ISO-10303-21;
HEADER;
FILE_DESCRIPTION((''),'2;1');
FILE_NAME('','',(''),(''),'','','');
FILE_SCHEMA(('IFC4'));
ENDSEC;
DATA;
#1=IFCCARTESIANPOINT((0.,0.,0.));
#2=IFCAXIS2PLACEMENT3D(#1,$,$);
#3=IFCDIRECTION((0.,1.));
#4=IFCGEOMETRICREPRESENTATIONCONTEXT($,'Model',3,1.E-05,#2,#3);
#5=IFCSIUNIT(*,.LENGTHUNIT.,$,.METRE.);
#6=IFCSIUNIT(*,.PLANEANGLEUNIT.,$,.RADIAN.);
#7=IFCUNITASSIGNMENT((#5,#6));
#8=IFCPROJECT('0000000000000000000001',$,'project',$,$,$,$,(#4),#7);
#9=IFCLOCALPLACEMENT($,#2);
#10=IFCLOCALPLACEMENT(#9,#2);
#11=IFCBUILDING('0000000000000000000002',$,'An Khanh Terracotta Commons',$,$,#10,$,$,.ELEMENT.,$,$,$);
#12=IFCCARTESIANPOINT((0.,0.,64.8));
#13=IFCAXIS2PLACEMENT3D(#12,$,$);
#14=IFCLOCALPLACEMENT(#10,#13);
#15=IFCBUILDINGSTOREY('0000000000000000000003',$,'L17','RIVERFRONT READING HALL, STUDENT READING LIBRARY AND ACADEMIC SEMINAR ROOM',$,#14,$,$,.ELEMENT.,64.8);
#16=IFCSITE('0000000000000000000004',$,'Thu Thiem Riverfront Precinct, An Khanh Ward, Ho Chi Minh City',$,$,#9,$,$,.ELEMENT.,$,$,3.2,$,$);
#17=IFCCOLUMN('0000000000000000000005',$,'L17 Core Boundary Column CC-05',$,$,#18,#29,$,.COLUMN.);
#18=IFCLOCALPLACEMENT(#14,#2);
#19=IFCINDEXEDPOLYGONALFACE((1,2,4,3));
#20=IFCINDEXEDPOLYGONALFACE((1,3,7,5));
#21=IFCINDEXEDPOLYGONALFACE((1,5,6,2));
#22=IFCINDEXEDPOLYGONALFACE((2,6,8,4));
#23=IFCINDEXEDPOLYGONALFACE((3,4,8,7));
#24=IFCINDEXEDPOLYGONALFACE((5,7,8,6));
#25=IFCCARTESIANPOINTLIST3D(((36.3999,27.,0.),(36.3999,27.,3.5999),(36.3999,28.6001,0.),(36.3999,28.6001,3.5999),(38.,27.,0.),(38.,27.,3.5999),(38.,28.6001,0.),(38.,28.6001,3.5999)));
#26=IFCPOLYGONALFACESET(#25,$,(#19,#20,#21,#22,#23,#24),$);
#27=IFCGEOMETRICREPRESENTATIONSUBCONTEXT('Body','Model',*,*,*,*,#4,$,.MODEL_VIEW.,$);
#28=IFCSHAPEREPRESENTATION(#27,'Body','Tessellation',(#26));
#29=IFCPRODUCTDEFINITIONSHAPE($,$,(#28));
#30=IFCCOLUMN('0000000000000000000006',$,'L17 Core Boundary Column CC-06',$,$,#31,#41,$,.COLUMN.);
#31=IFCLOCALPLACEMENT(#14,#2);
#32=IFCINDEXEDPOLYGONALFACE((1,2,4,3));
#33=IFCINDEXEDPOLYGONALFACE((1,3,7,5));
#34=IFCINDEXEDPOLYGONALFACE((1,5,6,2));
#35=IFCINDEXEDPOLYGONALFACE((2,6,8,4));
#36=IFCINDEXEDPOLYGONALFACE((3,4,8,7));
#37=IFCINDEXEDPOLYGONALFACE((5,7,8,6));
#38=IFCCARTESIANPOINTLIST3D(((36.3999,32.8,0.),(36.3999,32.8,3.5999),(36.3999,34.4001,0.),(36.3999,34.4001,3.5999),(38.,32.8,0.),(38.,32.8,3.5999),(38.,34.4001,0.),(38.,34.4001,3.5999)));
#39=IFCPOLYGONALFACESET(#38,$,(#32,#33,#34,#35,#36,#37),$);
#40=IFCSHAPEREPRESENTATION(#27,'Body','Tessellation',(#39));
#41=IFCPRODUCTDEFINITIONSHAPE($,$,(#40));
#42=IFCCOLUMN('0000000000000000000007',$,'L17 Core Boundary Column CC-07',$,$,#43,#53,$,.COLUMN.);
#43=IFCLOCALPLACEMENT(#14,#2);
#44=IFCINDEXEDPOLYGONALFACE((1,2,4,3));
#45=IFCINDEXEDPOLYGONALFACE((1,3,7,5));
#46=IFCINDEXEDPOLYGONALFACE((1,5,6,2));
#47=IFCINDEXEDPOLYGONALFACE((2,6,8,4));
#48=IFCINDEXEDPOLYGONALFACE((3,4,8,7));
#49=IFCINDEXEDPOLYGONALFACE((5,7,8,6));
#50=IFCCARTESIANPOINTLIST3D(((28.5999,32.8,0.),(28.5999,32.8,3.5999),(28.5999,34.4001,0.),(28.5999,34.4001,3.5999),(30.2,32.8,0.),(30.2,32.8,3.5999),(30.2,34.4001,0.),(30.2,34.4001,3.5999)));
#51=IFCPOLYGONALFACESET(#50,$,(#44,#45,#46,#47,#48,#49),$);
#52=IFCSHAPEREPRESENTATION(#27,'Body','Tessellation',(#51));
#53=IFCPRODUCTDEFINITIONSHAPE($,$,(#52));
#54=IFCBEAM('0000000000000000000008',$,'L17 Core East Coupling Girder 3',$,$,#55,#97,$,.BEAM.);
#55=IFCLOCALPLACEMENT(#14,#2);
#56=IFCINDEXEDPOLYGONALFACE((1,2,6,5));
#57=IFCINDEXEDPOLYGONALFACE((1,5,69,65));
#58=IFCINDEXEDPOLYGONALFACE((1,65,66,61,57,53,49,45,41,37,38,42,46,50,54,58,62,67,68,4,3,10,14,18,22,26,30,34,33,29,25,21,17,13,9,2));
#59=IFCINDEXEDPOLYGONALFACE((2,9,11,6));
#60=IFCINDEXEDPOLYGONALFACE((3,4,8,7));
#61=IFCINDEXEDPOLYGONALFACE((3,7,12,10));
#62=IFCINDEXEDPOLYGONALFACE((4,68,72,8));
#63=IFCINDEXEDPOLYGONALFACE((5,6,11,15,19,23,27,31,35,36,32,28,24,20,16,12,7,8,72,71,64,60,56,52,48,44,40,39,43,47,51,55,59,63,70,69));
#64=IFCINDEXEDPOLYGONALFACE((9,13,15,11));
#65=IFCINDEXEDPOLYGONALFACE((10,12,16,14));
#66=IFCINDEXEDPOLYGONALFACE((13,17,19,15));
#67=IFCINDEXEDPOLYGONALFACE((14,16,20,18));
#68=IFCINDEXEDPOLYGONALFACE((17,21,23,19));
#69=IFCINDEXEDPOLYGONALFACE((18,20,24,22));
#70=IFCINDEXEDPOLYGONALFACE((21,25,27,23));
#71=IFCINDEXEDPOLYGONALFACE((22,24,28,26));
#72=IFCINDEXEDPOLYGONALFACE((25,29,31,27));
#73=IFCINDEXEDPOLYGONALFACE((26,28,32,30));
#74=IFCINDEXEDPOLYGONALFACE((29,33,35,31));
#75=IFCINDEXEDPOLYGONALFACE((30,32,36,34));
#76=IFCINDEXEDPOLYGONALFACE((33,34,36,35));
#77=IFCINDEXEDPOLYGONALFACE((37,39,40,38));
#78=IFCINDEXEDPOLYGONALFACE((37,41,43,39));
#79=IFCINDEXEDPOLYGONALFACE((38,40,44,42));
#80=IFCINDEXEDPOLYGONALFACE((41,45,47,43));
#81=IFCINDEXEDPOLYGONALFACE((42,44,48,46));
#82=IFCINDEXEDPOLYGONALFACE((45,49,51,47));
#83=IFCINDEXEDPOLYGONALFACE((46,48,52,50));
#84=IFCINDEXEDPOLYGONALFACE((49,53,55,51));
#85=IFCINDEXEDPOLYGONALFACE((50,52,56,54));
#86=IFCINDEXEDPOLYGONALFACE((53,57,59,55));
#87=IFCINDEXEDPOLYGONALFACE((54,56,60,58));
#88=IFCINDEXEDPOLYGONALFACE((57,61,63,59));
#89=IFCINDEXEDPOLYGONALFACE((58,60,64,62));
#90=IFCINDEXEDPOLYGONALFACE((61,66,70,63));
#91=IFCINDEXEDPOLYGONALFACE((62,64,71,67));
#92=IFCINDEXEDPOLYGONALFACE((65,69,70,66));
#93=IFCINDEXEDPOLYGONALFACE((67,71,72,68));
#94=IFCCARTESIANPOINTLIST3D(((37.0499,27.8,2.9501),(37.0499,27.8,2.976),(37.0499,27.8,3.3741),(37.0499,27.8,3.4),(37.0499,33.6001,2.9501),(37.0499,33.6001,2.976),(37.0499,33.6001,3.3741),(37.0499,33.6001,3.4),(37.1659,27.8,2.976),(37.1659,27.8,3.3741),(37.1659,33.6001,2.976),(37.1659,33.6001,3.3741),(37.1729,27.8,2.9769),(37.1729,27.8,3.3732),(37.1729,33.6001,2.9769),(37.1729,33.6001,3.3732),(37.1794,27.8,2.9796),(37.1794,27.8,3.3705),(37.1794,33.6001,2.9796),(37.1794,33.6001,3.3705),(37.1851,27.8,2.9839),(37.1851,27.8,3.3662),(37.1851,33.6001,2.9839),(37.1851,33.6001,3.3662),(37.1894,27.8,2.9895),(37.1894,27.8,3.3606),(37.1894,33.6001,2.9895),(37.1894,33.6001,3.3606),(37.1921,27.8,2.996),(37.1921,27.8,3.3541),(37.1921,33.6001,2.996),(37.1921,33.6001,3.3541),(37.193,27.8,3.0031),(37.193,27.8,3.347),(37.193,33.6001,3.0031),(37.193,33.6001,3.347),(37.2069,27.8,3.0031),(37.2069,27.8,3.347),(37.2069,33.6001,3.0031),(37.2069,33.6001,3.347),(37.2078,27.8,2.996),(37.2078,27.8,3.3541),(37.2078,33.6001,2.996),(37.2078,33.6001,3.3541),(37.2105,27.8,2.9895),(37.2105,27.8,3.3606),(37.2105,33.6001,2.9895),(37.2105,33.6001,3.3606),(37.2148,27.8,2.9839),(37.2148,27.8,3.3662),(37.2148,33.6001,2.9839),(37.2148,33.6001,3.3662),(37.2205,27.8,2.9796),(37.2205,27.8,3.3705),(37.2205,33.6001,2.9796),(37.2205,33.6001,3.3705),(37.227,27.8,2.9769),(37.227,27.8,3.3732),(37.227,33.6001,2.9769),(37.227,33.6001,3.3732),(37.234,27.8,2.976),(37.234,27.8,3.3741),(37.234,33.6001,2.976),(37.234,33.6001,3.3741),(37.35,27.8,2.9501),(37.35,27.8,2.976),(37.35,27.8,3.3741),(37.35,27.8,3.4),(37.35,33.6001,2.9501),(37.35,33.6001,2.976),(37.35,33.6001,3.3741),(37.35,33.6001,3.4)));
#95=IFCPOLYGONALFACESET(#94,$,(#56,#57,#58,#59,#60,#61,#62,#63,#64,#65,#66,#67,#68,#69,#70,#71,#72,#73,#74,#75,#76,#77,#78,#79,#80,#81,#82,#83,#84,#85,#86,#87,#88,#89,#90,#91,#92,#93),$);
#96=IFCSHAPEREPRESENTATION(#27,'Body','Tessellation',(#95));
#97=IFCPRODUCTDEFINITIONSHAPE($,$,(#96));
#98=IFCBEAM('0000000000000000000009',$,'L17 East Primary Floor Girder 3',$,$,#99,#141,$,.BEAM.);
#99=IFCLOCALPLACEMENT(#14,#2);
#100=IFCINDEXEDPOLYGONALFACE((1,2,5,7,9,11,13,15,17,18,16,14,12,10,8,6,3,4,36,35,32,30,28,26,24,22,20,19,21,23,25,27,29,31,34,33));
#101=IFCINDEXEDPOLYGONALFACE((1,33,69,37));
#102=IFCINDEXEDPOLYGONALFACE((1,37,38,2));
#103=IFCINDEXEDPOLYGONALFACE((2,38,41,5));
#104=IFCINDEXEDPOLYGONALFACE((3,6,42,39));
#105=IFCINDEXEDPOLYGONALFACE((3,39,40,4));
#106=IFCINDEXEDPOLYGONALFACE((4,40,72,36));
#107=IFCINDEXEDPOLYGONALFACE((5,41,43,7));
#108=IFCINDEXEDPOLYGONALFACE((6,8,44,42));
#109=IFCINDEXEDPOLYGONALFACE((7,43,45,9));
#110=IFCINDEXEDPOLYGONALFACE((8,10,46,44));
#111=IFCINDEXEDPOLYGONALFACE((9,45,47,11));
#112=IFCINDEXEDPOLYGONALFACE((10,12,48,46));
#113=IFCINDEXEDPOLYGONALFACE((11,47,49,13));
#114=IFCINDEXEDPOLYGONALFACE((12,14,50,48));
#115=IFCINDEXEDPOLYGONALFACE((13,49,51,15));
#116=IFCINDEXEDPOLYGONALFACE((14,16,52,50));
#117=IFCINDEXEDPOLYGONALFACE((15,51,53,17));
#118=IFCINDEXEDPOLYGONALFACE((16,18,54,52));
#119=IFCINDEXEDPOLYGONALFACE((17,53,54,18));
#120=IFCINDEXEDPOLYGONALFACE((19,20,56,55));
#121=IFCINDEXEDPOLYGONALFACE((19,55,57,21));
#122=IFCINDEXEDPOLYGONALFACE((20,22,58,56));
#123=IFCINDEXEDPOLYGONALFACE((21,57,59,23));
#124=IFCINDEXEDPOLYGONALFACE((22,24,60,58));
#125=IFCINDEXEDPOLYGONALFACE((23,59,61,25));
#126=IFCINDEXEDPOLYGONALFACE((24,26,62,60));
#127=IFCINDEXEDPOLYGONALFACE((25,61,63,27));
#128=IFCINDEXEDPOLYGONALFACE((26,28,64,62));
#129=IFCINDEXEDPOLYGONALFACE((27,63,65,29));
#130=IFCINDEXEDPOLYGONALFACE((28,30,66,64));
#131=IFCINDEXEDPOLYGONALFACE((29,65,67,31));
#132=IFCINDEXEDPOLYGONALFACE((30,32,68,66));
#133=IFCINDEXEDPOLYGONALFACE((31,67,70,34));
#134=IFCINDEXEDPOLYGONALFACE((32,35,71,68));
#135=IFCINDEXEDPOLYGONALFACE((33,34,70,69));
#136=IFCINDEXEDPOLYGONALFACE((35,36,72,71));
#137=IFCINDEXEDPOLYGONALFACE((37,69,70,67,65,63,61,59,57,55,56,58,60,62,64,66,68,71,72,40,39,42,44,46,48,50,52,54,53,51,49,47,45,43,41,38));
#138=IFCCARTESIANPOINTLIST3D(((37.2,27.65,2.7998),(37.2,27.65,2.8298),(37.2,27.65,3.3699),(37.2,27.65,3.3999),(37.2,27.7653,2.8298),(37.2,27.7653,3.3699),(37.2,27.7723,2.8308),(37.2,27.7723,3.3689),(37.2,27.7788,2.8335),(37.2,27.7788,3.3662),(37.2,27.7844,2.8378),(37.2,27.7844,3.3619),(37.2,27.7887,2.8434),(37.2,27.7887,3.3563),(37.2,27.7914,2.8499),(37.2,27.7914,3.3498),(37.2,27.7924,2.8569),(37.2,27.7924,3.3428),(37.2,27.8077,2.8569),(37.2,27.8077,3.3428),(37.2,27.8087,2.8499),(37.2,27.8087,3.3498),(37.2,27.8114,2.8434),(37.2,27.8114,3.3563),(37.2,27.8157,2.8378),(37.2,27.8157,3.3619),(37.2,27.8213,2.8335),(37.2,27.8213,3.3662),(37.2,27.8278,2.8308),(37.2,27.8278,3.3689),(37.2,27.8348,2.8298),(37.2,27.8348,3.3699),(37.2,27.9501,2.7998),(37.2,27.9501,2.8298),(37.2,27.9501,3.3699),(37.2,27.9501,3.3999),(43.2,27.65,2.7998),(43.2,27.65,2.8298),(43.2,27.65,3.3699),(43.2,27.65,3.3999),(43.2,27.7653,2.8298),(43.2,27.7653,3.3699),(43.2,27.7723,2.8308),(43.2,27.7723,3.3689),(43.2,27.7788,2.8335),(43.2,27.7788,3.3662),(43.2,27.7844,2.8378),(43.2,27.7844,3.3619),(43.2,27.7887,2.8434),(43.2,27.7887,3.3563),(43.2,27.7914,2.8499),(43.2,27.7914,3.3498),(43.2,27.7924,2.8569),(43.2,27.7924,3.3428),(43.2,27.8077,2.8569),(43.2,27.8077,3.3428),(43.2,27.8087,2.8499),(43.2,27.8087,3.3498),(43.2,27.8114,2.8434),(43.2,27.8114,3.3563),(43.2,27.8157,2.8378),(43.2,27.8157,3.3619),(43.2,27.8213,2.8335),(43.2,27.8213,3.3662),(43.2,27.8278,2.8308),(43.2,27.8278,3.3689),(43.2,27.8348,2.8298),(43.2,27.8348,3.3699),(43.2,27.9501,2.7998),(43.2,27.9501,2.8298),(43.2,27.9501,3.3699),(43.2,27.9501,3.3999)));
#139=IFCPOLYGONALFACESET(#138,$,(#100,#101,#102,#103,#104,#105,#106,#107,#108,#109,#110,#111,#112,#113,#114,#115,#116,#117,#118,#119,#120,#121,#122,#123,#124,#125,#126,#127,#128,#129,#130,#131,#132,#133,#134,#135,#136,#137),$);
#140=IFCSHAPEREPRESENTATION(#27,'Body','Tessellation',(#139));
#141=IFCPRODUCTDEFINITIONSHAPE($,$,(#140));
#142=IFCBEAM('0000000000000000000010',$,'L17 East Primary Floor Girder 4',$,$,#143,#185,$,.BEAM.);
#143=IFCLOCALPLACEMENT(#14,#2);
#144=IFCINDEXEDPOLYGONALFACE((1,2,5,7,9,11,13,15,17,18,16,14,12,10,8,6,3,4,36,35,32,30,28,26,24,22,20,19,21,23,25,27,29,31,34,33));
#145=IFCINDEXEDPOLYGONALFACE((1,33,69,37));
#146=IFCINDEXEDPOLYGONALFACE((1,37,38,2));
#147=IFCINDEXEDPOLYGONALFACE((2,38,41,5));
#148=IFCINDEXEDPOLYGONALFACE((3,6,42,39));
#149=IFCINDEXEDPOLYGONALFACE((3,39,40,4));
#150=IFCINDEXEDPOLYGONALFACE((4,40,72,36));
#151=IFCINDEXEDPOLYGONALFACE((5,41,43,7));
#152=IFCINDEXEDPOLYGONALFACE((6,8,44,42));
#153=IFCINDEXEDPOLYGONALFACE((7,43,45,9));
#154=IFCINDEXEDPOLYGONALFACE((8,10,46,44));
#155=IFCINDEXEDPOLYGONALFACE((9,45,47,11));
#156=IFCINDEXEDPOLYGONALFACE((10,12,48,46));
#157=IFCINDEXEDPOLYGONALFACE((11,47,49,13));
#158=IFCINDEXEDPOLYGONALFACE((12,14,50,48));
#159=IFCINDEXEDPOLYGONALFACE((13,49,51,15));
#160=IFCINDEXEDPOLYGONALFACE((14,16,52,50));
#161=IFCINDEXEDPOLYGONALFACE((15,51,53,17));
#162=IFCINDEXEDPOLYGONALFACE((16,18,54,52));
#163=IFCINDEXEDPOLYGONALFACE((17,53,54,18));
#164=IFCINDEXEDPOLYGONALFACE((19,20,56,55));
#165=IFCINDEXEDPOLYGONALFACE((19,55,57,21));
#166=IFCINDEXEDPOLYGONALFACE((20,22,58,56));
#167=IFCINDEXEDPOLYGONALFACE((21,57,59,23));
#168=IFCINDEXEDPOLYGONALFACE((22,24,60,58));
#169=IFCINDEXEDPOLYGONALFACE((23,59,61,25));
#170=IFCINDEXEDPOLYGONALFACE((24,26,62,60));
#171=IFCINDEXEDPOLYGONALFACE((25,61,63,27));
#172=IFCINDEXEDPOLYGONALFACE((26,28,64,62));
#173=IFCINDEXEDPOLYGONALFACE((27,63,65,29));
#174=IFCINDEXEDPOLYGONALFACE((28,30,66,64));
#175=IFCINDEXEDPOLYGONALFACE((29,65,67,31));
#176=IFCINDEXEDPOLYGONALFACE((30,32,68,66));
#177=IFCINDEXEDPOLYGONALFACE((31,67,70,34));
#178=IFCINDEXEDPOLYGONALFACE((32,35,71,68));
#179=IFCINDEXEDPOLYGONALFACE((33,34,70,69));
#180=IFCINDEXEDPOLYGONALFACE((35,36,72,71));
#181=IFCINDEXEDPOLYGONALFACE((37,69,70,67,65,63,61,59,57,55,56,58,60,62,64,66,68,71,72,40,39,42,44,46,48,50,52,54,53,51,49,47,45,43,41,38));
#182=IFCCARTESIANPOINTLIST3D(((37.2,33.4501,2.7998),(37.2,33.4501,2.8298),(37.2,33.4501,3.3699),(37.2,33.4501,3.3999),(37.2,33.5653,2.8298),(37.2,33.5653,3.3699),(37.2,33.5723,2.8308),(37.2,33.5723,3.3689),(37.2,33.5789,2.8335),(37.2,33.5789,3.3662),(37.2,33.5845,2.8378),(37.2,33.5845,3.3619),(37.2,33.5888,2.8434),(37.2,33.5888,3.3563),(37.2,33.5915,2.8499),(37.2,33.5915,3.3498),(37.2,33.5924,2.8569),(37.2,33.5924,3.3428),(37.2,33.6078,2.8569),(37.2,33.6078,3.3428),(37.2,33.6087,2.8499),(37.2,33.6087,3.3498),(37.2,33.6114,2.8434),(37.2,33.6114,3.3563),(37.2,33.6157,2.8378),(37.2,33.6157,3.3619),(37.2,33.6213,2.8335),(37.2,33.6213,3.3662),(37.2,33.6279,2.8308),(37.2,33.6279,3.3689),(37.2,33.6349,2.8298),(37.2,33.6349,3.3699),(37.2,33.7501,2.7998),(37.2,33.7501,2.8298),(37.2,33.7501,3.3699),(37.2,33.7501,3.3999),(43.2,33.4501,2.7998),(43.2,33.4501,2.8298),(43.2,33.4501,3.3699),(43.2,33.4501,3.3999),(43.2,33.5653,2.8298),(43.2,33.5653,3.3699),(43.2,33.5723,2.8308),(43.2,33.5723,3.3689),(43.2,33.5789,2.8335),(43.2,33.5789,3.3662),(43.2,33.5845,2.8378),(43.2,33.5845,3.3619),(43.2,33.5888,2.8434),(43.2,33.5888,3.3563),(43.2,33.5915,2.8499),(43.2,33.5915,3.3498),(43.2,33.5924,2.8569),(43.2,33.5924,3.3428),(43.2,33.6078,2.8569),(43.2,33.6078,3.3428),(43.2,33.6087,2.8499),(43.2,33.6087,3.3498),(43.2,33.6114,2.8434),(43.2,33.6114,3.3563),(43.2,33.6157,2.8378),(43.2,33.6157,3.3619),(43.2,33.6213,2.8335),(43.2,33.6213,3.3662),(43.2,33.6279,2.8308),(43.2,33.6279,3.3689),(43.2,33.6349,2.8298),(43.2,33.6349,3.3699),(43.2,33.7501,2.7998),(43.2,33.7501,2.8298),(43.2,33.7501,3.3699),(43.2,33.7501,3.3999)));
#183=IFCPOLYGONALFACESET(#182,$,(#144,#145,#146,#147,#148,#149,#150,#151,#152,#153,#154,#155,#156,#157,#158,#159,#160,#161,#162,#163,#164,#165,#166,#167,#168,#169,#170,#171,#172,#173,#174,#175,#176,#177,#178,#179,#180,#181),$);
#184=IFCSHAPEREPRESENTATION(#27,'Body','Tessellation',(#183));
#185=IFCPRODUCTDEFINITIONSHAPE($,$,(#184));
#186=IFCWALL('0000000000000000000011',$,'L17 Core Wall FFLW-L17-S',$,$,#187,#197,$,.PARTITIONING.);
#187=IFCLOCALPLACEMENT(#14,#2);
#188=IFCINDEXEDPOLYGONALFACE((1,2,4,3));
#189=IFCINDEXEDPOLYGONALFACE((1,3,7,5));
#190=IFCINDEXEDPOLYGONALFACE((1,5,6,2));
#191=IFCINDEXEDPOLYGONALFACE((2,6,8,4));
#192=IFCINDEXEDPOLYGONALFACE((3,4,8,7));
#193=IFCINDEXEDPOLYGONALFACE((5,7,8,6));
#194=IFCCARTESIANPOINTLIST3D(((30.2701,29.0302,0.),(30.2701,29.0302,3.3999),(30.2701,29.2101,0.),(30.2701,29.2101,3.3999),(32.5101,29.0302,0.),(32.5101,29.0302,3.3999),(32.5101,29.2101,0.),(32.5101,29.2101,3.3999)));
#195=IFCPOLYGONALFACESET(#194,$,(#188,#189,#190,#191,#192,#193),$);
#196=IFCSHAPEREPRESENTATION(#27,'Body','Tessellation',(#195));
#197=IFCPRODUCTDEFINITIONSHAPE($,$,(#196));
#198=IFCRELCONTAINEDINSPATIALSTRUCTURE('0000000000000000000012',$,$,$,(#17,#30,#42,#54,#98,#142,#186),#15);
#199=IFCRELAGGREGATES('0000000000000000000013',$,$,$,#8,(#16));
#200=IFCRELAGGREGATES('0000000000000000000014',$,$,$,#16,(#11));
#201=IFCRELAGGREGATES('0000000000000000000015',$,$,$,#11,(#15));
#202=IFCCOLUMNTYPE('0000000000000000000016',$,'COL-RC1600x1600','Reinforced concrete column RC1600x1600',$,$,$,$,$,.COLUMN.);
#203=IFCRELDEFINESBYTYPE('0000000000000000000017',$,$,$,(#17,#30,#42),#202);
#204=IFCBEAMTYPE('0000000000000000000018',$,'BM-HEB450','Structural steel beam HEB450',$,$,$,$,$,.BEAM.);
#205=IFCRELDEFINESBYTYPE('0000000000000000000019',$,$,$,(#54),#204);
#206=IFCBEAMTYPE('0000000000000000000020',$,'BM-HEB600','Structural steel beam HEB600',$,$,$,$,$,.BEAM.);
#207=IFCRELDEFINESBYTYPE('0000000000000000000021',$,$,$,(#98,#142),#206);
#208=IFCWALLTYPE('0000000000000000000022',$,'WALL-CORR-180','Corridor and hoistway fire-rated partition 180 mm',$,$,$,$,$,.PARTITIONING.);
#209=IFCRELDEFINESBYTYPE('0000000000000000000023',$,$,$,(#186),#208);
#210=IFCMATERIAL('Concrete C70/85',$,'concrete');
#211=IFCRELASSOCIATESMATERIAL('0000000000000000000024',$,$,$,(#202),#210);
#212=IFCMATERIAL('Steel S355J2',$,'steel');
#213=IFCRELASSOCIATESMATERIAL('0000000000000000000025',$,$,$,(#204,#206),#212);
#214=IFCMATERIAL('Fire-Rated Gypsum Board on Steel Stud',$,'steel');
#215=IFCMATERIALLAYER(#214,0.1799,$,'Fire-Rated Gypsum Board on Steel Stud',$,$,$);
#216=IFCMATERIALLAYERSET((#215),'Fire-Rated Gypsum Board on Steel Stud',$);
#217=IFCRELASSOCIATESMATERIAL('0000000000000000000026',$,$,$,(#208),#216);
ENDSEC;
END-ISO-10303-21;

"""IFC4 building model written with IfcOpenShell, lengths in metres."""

from ifc_helpers import new_model, si_unit, direction, frame, frame_2d, origin, origin_2d, place, context, subcontext, project, spatial, rectangle, i_section, extrude, material, layer, layer_set, material_profile, profile_set, type_object, element, save


model = new_model("IFC4")

# Units and contexts
model_context = context("Model", 3, precision=1e-05, world=origin(), true_north=direction((0.0, 1.0)))
body_context = subcontext(model_context, "Body", "Model", "MODEL_VIEW")
ifc_project = project(units=[si_unit("LENGTHUNIT", "METRE"), si_unit("PLANEANGLEUNIT", "RADIAN")], contexts=[model_context])

# Site, building, storey
site_placement = place(None, origin())
site = spatial("IfcSite", under=ifc_project, at=site_placement, Name="Thu Thiem Riverfront Precinct, An Khanh Ward, Ho Chi Minh City", CompositionType="ELEMENT", RefElevation=3.2)
building_placement = place(site_placement, origin())
building = spatial("IfcBuilding", under=site, at=building_placement, Name="An Khanh Terracotta Commons", CompositionType="ELEMENT")
storey_placement = place(building_placement, frame((0.0, 0.0, 64.8)))
storey = spatial("IfcBuildingStorey", under=building, at=storey_placement, Name="L17", Description="RIVERFRONT READING HALL, STUDENT READING LIBRARY AND ACADEMIC SEMINAR ROOM", CompositionType="ELEMENT", Elevation=64.8)

# Columns
ifc_material_1 = material(Name="Concrete C70/85", Category="concrete")
ifc_material_profile_1 = material_profile(ifc_material_1, rectangle(XDim=1.6001, YDim=1.6001, at=origin_2d()), Name="RC1600x1600")
ifc_profile_set_1 = profile_set([ifc_material_profile_1], Name="Concrete C70/85")
column_type = type_object("IfcColumnType", Name="COL-RC1600x1600", Description="Reinforced concrete column RC1600x1600", PredefinedType="COLUMN", material=ifc_profile_set_1)
for number, where, z_axis, x_axis, name in (
    (1, (37.2, 27.8, 0.0), (0.0, 0.0, 1.0), (1.0, 0.0, 0.0), "L17 Core Boundary Column CC-05"),
    (2, (37.2, 33.6001, 0.0), (0.0, 0.0, 1.0), (1.0, 0.0, 0.0), "L17 Core Boundary Column CC-06"),
    (3, (29.3999, 33.6001, 0.0), (0.0, 0.0, 1.0), (1.0, 0.0, 0.0), "L17 Core Boundary Column CC-07"),
):
    element("IfcColumn", number, at=place(storey_placement, frame(where, z_axis=z_axis, x_axis=x_axis)), inside=storey, type_object=column_type, Name=name, PredefinedType="COLUMN", context=body_context, shape_type="SweptSolid", body=[
        extrude(rectangle(XDim=1.6001, YDim=1.6001, at=origin_2d()), origin(), (0.0, 0.0, 1.0), 3.5999),
    ])

# Beams
ifc_material_2 = material(Name="Steel S355J2", Category="steel")
ifc_material_profile_2 = material_profile(ifc_material_2, i_section(OverallWidth=0.3, OverallDepth=0.45, WebThickness=0.0139, FlangeThickness=0.0259, FilletRadius=0.0271, at=origin_2d()), Name="HEB450")
ifc_profile_set_2 = profile_set([ifc_material_profile_2], Name="Steel S355J2")
beam_type_1 = type_object("IfcBeamType", Name="BM-HEB450", Description="Structural steel beam HEB450", PredefinedType="BEAM", material=ifc_profile_set_2)
beam_placement = place(storey_placement, frame((37.2, 27.8, 3.175), z_axis=(0.0, 1.0, 0.0), x_axis=(-1.0, 0.0, 0.0)))
element("IfcBeam", 4, at=beam_placement, inside=storey, type_object=beam_type_1, Name="L17 Core East Coupling Girder 3", PredefinedType="BEAM", context=body_context, shape_type="SweptSolid", body=[
    extrude(i_section(OverallWidth=0.3, OverallDepth=0.45, WebThickness=0.0139, FlangeThickness=0.0259, FilletRadius=0.0271, at=origin_2d()), origin(), (0.0, 0.0, 1.0), 5.8),
])
ifc_material_profile_3 = material_profile(ifc_material_2, i_section(OverallWidth=0.3, OverallDepth=0.6001, WebThickness=0.0154, FlangeThickness=0.03, FilletRadius=0.0271, at=origin_2d()), Name="HEB600")
ifc_profile_set_3 = profile_set([ifc_material_profile_3], Name="Steel S355J2")
beam_type_2 = type_object("IfcBeamType", Name="BM-HEB600", Description="Structural steel beam HEB600", PredefinedType="BEAM", material=ifc_profile_set_3)
for number, where, z_axis, x_axis, name in (
    (5, (37.2, 27.8, 3.0999), (1.0, 0.0, 0.0), (0.0, 1.0, 0.0), "L17 East Primary Floor Girder 3"),
    (6, (37.2, 33.6001, 3.0999), (1.0, 0.0, 0.0), (0.0, 1.0, 0.0), "L17 East Primary Floor Girder 4"),
):
    element("IfcBeam", number, at=place(storey_placement, frame(where, z_axis=z_axis, x_axis=x_axis)), inside=storey, type_object=beam_type_2, Name=name, PredefinedType="BEAM", context=body_context, shape_type="SweptSolid", body=[
        extrude(i_section(OverallWidth=0.3, OverallDepth=0.6001, WebThickness=0.0154, FlangeThickness=0.03, FilletRadius=0.0271, at=origin_2d()), origin(), (0.0, 0.0, 1.0), 6.0),
    ])

# Wall
ifc_material_3 = material(Name="Fire-Rated Gypsum Board on Steel Stud", Category="steel")
ifc_layer_1 = layer(ifc_material_3, 0.1799, Name="Fire-Rated Gypsum Board on Steel Stud")
ifc_layer_set_1 = layer_set([ifc_layer_1], Name="Fire-Rated Gypsum Board on Steel Stud")
wall_type_1 = type_object("IfcWallType", Name="WALL-CORR-180", Description="Corridor and hoistway fire-rated partition 180 mm", PredefinedType="PARTITIONING", material=ifc_layer_set_1)
wall_1_placement = place(storey_placement, frame((30.27, 29.1201, 0.0), z_axis=(0.0, 0.0, 1.0), x_axis=(1.0, 0.0, 0.0)))
element("IfcWall", 7, at=wall_1_placement, inside=storey, type_object=wall_type_1, Name="L17 Core Wall FFLW-L17-S", PredefinedType="PARTITIONING", context=body_context, shape_type="SweptSolid", body=[
    extrude(rectangle(XDim=2.24, YDim=0.1799, at=frame_2d((1.1201, 0.0))), origin(), (0.0, 0.0, 1.0), 3.3999),
])

save(model, "model.ifc")
